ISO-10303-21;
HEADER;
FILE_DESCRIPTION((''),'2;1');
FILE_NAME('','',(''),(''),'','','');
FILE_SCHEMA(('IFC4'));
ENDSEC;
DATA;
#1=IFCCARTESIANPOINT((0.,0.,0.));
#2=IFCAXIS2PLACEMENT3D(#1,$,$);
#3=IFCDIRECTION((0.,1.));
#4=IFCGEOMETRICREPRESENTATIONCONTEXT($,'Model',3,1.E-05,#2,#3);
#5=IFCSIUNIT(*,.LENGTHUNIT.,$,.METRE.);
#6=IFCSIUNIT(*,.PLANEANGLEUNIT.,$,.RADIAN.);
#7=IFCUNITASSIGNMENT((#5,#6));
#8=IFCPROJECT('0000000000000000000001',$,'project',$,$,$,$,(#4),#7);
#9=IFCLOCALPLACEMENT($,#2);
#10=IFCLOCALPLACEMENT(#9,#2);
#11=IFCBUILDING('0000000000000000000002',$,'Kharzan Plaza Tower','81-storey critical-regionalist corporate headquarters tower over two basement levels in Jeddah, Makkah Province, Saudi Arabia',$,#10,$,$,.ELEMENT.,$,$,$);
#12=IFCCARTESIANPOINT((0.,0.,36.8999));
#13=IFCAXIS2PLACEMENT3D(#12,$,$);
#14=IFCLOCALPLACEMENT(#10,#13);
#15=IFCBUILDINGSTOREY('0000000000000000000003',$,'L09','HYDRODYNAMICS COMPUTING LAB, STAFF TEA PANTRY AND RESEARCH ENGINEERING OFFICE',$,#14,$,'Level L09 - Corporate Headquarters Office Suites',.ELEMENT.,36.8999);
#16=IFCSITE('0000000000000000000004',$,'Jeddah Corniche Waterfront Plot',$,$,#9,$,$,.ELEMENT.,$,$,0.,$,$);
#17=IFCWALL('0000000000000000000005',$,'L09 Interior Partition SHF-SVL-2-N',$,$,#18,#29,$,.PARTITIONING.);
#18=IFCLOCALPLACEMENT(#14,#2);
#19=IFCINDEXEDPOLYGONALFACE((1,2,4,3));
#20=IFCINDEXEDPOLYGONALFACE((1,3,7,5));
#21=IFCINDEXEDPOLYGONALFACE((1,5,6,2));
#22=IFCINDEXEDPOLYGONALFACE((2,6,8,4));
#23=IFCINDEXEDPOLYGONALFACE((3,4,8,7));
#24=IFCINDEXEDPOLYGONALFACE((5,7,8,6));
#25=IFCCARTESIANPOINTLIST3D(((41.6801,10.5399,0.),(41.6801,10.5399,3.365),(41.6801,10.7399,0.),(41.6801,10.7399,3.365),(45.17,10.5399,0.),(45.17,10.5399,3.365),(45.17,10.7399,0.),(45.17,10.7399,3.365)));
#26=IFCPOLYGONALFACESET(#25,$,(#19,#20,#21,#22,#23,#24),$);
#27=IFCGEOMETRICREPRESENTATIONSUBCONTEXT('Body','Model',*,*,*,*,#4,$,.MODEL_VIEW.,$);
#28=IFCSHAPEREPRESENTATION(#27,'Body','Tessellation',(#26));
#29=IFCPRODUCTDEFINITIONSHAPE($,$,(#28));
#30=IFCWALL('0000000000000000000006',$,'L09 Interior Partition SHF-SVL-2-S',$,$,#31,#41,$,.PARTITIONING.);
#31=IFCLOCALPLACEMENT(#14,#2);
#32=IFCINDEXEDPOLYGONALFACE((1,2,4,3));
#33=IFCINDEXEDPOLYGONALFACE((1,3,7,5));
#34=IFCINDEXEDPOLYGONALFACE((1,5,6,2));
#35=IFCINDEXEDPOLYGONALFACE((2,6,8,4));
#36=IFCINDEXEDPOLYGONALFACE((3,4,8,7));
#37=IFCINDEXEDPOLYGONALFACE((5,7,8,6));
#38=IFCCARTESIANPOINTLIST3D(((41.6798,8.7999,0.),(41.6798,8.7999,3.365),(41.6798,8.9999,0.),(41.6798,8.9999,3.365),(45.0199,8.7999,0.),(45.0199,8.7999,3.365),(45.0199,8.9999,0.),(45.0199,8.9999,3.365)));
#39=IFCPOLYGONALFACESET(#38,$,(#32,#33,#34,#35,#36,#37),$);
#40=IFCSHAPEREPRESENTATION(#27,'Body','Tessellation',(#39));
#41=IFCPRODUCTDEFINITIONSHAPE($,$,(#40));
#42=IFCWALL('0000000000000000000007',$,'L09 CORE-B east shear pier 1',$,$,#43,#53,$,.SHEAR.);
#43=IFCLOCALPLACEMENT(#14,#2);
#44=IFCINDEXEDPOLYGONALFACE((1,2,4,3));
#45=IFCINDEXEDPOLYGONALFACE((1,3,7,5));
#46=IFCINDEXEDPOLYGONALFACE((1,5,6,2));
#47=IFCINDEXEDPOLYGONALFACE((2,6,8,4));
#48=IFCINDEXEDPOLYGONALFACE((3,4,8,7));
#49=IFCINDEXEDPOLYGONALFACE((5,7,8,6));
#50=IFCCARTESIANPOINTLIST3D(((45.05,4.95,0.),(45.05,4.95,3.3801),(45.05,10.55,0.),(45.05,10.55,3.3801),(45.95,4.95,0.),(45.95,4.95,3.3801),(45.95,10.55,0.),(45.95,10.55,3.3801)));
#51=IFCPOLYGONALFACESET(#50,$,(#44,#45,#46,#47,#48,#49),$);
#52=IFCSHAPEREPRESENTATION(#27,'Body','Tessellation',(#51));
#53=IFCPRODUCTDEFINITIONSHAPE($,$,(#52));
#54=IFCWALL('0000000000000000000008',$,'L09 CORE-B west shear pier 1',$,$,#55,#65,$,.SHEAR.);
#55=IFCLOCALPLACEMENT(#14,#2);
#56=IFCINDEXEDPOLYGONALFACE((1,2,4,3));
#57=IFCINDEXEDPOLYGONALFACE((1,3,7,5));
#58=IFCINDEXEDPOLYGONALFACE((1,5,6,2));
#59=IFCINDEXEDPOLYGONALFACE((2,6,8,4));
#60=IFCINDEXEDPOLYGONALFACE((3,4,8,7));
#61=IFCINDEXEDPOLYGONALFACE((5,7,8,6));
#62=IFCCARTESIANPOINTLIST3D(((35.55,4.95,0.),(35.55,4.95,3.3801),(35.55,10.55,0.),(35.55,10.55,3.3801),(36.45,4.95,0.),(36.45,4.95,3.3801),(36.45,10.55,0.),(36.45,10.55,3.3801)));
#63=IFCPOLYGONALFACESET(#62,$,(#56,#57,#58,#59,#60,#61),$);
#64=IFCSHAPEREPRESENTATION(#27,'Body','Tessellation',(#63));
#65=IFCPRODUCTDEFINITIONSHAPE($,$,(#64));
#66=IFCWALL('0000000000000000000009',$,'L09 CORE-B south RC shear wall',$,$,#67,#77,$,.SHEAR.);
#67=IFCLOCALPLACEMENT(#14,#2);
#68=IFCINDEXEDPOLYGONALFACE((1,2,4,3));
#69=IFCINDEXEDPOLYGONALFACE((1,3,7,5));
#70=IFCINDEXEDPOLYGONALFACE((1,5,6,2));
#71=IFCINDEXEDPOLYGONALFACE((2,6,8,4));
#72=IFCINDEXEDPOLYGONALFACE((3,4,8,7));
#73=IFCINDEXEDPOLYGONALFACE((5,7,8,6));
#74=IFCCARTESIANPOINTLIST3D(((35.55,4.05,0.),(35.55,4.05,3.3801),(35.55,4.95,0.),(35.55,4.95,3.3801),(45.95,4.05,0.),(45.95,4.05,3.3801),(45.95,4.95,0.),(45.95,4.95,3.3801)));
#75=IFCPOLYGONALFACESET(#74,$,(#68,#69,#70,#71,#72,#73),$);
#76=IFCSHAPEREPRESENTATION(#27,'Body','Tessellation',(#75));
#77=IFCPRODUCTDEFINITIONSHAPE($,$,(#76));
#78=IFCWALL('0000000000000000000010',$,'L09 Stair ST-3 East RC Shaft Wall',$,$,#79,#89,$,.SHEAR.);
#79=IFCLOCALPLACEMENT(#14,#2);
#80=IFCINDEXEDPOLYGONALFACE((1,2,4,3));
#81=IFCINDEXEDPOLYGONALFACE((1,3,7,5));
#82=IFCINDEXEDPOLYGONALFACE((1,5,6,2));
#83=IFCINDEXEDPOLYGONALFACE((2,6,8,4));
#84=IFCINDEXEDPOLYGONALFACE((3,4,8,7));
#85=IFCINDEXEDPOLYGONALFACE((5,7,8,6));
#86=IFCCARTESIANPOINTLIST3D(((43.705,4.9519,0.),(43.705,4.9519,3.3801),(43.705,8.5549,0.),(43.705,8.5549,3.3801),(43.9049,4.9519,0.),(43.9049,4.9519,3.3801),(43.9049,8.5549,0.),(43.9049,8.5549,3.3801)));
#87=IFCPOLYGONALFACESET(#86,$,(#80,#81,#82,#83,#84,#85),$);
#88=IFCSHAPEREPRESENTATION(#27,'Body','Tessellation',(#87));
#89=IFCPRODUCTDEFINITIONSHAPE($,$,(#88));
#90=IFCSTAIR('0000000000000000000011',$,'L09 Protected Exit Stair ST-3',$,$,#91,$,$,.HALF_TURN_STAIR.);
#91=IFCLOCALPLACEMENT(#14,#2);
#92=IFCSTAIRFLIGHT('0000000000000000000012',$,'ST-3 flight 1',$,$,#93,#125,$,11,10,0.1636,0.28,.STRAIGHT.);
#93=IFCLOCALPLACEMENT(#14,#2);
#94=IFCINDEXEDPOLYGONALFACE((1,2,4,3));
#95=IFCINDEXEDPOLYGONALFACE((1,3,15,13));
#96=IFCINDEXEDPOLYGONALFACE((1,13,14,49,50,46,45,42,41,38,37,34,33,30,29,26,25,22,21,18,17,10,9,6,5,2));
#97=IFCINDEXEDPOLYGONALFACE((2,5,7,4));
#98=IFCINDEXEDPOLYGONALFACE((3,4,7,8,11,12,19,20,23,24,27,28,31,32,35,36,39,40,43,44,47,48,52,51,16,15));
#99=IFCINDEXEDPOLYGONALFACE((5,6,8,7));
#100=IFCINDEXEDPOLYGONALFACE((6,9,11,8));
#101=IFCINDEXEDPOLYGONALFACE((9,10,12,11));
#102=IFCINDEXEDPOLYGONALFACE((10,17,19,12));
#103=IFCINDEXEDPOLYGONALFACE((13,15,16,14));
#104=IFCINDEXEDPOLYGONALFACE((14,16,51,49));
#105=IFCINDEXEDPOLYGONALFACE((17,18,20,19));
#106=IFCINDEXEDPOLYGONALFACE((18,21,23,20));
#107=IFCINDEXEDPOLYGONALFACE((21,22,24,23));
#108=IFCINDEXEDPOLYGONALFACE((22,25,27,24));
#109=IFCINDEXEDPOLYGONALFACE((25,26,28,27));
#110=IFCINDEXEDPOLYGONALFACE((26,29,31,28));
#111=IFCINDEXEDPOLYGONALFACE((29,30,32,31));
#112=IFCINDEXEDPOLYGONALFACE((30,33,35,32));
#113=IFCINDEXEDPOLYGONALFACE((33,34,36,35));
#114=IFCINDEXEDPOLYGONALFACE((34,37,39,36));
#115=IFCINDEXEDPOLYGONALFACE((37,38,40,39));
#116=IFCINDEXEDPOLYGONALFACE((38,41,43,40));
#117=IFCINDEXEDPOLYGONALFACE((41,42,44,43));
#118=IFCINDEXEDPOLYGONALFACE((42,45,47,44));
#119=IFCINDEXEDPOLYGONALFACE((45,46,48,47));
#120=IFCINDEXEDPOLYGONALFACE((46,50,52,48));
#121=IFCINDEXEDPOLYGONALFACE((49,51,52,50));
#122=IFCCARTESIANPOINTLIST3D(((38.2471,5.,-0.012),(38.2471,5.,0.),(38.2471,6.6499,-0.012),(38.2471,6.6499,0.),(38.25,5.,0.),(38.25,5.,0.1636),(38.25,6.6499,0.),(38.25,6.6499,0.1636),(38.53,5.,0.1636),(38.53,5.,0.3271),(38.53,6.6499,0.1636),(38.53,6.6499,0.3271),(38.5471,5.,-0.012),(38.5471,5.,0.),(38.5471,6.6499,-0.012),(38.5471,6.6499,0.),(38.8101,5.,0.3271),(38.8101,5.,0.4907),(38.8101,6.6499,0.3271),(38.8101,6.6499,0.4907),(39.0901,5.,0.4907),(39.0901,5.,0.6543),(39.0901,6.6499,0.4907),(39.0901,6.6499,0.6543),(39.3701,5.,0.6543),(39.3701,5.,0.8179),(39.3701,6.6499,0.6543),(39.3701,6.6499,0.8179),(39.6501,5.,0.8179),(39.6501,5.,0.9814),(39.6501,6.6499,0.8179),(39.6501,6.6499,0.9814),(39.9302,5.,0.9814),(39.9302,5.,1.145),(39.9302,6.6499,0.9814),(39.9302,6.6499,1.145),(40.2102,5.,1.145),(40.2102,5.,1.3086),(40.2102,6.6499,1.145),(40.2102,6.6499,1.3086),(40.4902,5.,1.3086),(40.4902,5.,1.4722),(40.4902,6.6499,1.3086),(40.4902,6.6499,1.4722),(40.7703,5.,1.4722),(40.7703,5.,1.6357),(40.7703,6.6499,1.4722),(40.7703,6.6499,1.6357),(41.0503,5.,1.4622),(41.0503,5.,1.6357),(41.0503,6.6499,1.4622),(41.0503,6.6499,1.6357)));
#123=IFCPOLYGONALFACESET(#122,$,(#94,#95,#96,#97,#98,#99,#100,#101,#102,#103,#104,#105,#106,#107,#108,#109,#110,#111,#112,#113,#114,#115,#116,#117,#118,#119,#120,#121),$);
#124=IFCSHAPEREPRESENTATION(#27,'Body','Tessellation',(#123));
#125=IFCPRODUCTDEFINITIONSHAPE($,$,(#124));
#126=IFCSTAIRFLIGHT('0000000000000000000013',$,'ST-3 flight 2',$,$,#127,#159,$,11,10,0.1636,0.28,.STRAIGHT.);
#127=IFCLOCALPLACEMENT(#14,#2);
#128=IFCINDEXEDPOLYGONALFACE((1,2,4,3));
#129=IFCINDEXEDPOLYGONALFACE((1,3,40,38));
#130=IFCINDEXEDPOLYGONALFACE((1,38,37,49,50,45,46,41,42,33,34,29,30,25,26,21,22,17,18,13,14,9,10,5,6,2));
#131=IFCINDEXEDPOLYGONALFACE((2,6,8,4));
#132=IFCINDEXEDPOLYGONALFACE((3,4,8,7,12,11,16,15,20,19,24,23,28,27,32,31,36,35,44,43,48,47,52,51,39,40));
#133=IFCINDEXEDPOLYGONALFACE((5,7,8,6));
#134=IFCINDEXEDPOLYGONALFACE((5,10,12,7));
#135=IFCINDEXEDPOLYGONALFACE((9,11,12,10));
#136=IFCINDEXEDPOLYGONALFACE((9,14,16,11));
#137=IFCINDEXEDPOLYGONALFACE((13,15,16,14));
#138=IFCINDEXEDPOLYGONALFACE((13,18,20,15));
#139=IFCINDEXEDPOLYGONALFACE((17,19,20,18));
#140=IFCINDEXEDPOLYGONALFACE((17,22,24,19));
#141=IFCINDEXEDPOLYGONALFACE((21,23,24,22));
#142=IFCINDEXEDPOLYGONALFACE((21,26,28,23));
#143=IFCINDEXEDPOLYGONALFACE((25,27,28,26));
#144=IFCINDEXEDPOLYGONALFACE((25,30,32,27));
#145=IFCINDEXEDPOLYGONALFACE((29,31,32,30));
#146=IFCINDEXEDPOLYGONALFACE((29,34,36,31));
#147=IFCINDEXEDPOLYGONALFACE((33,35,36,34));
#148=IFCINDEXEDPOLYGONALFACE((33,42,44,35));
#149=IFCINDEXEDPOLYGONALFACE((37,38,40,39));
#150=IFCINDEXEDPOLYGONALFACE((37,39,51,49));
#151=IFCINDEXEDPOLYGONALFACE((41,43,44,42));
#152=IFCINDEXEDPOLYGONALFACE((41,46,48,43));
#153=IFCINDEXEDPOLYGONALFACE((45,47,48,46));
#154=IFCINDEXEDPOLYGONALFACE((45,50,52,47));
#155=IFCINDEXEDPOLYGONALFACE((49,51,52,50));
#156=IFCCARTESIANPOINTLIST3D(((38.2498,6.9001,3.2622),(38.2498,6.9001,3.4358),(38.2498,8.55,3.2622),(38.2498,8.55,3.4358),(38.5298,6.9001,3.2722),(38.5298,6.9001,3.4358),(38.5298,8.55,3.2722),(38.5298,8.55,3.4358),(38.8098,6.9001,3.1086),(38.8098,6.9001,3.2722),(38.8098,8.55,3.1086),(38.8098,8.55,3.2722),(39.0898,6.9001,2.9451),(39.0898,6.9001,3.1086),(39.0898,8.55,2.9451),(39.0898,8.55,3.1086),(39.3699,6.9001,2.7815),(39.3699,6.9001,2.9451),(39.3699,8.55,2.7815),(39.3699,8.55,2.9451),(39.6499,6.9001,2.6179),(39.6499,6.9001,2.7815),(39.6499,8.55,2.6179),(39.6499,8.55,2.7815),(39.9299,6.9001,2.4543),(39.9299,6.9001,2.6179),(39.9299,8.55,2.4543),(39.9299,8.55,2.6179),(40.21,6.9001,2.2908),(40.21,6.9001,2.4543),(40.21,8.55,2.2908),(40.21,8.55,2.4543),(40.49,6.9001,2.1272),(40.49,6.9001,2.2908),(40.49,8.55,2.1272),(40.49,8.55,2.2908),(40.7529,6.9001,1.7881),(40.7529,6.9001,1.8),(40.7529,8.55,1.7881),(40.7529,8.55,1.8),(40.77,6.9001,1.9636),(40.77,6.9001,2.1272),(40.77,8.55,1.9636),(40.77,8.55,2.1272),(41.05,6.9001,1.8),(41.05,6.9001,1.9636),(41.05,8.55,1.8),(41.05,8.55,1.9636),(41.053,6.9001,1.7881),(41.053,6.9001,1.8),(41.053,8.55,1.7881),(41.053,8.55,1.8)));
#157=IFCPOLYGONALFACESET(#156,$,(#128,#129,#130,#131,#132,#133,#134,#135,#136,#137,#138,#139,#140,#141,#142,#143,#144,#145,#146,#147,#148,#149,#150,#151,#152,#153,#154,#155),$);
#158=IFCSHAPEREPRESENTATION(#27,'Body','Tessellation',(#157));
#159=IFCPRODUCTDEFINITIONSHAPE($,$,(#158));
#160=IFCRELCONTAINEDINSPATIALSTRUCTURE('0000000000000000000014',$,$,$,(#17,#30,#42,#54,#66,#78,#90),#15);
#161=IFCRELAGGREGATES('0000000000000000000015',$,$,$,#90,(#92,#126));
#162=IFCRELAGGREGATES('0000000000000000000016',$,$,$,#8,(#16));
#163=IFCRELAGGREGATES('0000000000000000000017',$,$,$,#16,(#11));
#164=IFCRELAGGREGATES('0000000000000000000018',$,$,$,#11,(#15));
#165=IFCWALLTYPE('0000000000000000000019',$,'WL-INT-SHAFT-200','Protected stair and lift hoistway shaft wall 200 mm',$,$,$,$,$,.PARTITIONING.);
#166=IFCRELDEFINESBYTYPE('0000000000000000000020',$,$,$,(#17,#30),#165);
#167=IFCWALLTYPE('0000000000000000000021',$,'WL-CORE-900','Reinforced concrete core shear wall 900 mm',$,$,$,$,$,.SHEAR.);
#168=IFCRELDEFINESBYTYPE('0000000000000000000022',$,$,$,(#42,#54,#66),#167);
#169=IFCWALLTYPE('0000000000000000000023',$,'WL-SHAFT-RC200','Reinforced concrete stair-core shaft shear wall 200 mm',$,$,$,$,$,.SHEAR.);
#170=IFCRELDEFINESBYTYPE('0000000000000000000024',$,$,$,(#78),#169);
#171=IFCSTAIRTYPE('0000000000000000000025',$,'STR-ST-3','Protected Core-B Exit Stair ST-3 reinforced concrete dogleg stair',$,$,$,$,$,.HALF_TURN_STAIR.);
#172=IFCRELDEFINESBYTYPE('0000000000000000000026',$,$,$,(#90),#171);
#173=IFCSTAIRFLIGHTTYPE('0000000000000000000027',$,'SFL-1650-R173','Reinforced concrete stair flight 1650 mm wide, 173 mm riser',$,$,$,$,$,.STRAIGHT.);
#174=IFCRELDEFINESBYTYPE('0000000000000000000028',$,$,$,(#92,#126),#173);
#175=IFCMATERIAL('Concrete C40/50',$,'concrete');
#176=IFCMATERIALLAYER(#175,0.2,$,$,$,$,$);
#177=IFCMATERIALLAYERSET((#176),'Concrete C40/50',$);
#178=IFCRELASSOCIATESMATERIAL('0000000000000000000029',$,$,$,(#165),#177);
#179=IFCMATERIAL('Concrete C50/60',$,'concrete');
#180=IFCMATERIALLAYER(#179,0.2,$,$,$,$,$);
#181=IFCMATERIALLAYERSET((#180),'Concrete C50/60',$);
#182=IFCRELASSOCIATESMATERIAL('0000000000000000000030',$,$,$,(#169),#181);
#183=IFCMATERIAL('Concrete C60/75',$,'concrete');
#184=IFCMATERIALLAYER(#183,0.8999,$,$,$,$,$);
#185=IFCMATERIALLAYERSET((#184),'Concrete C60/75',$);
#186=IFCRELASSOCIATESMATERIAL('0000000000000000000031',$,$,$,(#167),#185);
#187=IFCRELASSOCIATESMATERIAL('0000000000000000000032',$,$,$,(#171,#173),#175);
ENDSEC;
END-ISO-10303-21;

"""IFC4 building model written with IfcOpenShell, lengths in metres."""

from ifc_helpers import new_model, si_unit, direction, frame, frame_2d, origin, place, context, subcontext, project, spatial, polyline, rectangle, outline, extrude, source, transform, mapped, material, layer, layer_set, type_object, element, aggregate, save


model = new_model("IFC4")

# Units and contexts
model_context = context("Model", 3, precision=1e-05, world=origin(), true_north=direction((0.0, 1.0)))
body_context = subcontext(model_context, "Body", "Model", "MODEL_VIEW")
ifc_project = project(units=[si_unit("LENGTHUNIT", "METRE"), si_unit("PLANEANGLEUNIT", "RADIAN")], contexts=[model_context])

# Site, building, storey
site_placement = place(None, origin())
site = spatial("IfcSite", under=ifc_project, at=site_placement, Name="Jeddah Corniche Waterfront Plot", CompositionType="ELEMENT", RefElevation=0.0)
building_placement = place(site_placement, origin())
building = spatial("IfcBuilding", under=site, at=building_placement, Name="Kharzan Plaza Tower", Description="81-storey critical-regionalist corporate headquarters tower over two basement levels in Jeddah, Makkah Province, Saudi Arabia", CompositionType="ELEMENT")
storey_placement = place(building_placement, frame((0.0, 0.0, 36.8999)))
storey = spatial("IfcBuildingStorey", under=building, at=storey_placement, Name="L09", Description="HYDRODYNAMICS COMPUTING LAB, STAFF TEA PANTRY AND RESEARCH ENGINEERING OFFICE", LongName="Level L09 - Corporate Headquarters Office Suites", CompositionType="ELEMENT", Elevation=36.8999)

# Shared definitions
ifc_material_1 = material(Name="Concrete C60/75", Category="concrete")

# Shared definitions
ifc_material_2 = material(Name="Concrete C40/50", Category="concrete")

# Shared definitions
ifc_layer_1 = layer(ifc_material_2, 0.2)
ifc_layer_set_1 = layer_set([ifc_layer_1], Name="Concrete C40/50")
wall_type_1 = type_object("IfcWallType", Name="WL-INT-SHAFT-200", Description="Protected stair and lift hoistway shaft wall 200 mm", PredefinedType="PARTITIONING", material=ifc_layer_set_1)
ifc_material_3 = material(Name="Concrete C50/60", Category="concrete")
ifc_layer_2 = layer(ifc_material_3, 0.2)
ifc_layer_set_2 = layer_set([ifc_layer_2], Name="Concrete C50/60")
wall_type_2 = type_object("IfcWallType", Name="WL-SHAFT-RC200", Description="Reinforced concrete stair-core shaft shear wall 200 mm", PredefinedType="SHEAR", material=ifc_layer_set_2)

# Walls
shared_shape_1 = source(origin(), body_context, "Body", "SweptSolid", [
    extrude(rectangle(XDim=3.49, YDim=0.2, at=frame_2d((1.7451, 0.0))), origin(), (0.0, 0.0, 1.0), 3.365),
])
wall_1_placement = place(storey_placement, frame((41.6799, 10.6399, 0.0), z_axis=(0.0, 0.0, 1.0), x_axis=(1.0, 0.0, 0.0)))
element("IfcWall", 1, at=wall_1_placement, inside=storey, type_object=wall_type_1, Name="L09 Interior Partition SHF-SVL-2-N", PredefinedType="PARTITIONING", context=body_context, shape_type="MappedRepresentation", body=[
    mapped(shared_shape_1, transform((0.0, 0.0, 0.0), x_axis=(1.0, 0.0, 0.0), y_axis=(0.0, 1.0, 0.0), z_axis=(0.0, 0.0, 1.0))),
])
shared_shape_2 = source(origin(), body_context, "Body", "SweptSolid", [
    extrude(rectangle(XDim=3.3401, YDim=0.2, at=frame_2d((1.6699, 0.0))), origin(), (0.0, 0.0, 1.0), 3.365),
])
wall_2_placement = place(storey_placement, frame((41.6799, 8.8999, 0.0), z_axis=(0.0, 0.0, 1.0), x_axis=(1.0, 0.0, 0.0)))
element("IfcWall", 2, at=wall_2_placement, inside=storey, type_object=wall_type_1, Name="L09 Interior Partition SHF-SVL-2-S", PredefinedType="PARTITIONING", context=body_context, shape_type="MappedRepresentation", body=[
    mapped(shared_shape_2, transform((0.0, 0.0, 0.0), x_axis=(1.0, 0.0, 0.0), y_axis=(0.0, 1.0, 0.0), z_axis=(0.0, 0.0, 1.0))),
])
ifc_layer_3 = layer(ifc_material_1, 0.8999)
ifc_layer_set_3 = layer_set([ifc_layer_3], Name="Concrete C60/75")
wall_type_3 = type_object("IfcWallType", Name="WL-CORE-900", Description="Reinforced concrete core shear wall 900 mm", PredefinedType="SHEAR", material=ifc_layer_set_3)
shared_shape_3 = source(origin(), body_context, "Body", "SweptSolid", [
    extrude(rectangle(XDim=5.6001, YDim=0.8999, at=frame_2d((2.8, 0.0))), origin(), (0.0, 0.0, 1.0), 3.3801),
])
for number, where, z_axis, x_axis, name in (
    (3, (45.5, 4.95, 0.0), (0.0, 0.0, 1.0), (0.0, 1.0, 0.0), "L09 CORE-B east shear pier 1"),
    (4, (36.0, 4.95, 0.0), (0.0, 0.0, 1.0), (0.0, 1.0, 0.0), "L09 CORE-B west shear pier 1"),
):
    element("IfcWall", number, at=place(storey_placement, frame(where, z_axis=z_axis, x_axis=x_axis)), inside=storey, type_object=wall_type_3, Name=name, PredefinedType="SHEAR", context=body_context, shape_type="MappedRepresentation", body=[
        mapped(shared_shape_3, transform((0.0, 0.0, 0.0), x_axis=(1.0, 0.0, 0.0), y_axis=(0.0, 1.0, 0.0), z_axis=(0.0, 0.0, 1.0))),
    ])
shared_shape_4 = source(origin(), body_context, "Body", "SweptSolid", [
    extrude(rectangle(XDim=10.3999, YDim=0.8999, at=frame_2d((5.2, 0.0))), origin(), (0.0, 0.0, 1.0), 3.3801),
])
wall_3_placement = place(storey_placement, frame((35.55, 4.5, 0.0), z_axis=(0.0, 0.0, 1.0), x_axis=(1.0, 0.0, 0.0)))
element("IfcWall", 5, at=wall_3_placement, inside=storey, type_object=wall_type_3, Name="L09 CORE-B south RC shear wall", PredefinedType="SHEAR", context=body_context, shape_type="MappedRepresentation", body=[
    mapped(shared_shape_4, transform((0.0, 0.0, 0.0), x_axis=(1.0, 0.0, 0.0), y_axis=(0.0, 1.0, 0.0), z_axis=(0.0, 0.0, 1.0))),
])
shared_shape_5 = source(origin(), body_context, "Body", "SweptSolid", [
    extrude(rectangle(XDim=3.603, YDim=0.2, at=frame_2d((1.8015, 0.0))), origin(), (0.0, 0.0, 1.0), 3.3801),
])
wall_4_placement = place(storey_placement, frame((43.8049, 4.9519, 0.0), z_axis=(0.0, 0.0, 1.0), x_axis=(0.0, 1.0, 0.0)))
element("IfcWall", 6, at=wall_4_placement, inside=storey, type_object=wall_type_2, Name="L09 Stair ST-3 East RC Shaft Wall", PredefinedType="SHEAR", context=body_context, shape_type="MappedRepresentation", body=[
    mapped(shared_shape_5, transform((0.0, 0.0, 0.0), x_axis=(1.0, 0.0, 0.0), y_axis=(0.0, 1.0, 0.0), z_axis=(0.0, 0.0, 1.0))),
])

# Stair, stair flights
stair_type = type_object("IfcStairType", Name="STR-ST-3", Description="Protected Core-B Exit Stair ST-3 reinforced concrete dogleg stair", PredefinedType="HALF_TURN_STAIR", material=ifc_material_2)
stair_placement = place(storey_placement, origin())
stair = element("IfcStair", 7, at=stair_placement, inside=storey, type_object=stair_type, Name="L09 Protected Exit Stair ST-3", PredefinedType="HALF_TURN_STAIR")
stair_flight_type = type_object("IfcStairFlightType", Name="SFL-1650-R173", Description="Reinforced concrete stair flight 1650 mm wide, 173 mm riser", PredefinedType="STRAIGHT", material=ifc_material_2)
shared_shape_6 = source(origin(), body_context, "Body", "SweptSolid", [
    extrude(outline(polyline([(-0.0029, -0.012), (-0.0029, 0.0), (0.0, 0.0), (0.0, 0.1636), (0.28, 0.1636), (0.28, 0.3271), (0.5601, 0.3271), (0.5601, 0.4907), (0.8401, 0.4907), (0.8401, 0.6543), (1.1201, 0.6543), (1.1201, 0.8179), (1.4001, 0.8179), (1.4001, 0.9814), (1.6802, 0.9814), (1.6802, 1.145), (1.9602, 1.145), (1.9602, 1.3086), (2.2402, 1.3086), (2.2402, 1.4722), (2.5203, 1.4722), (2.5203, 1.6357), (2.8003, 1.6357), (2.8003, 1.7993), (2.8003, 1.4622), (0.2971, 0.0), (0.2971, -0.012), (-0.0029, -0.012)])), frame((0.0, 0.825, 0.0), z_axis=(0.0, -1.0, 0.0), x_axis=(1.0, 0.0, 0.0)), (0.0, 0.0, 1.0), 1.6499),
])
stair_flight_1_placement = place(storey_placement, frame((38.25, 5.825, 0.0), z_axis=(0.0, 0.0, 1.0), x_axis=(1.0, 0.0, 0.0)))
stair_flight_1 = element("IfcStairFlight", 8, at=stair_flight_1_placement, type_object=stair_flight_type, Name="ST-3 flight 1", NumberOfRisers=11, NumberOfTreads=10, PredefinedType="STRAIGHT", RiserHeight=0.1636, TreadLength=0.28, context=body_context, shape_type="MappedRepresentation", body=[
    mapped(shared_shape_6, transform((0.0, 0.0, 0.0), x_axis=(1.0, 0.0, 0.0), y_axis=(0.0, 1.0, 0.0), z_axis=(0.0, 0.0, 1.0))),
])
stair_flight_2_placement = place(storey_placement, frame((41.05, 7.7251, 1.8), z_axis=(0.0, 0.0, 1.0), x_axis=(-1.0, 0.0, 0.0)))
stair_flight_2 = element("IfcStairFlight", 9, at=stair_flight_2_placement, type_object=stair_flight_type, Name="ST-3 flight 2", NumberOfRisers=11, NumberOfTreads=10, PredefinedType="STRAIGHT", RiserHeight=0.1636, TreadLength=0.28, context=body_context, shape_type="MappedRepresentation", body=[
    mapped(shared_shape_6, transform((0.0, 0.0, 0.0), x_axis=(1.0, 0.0, 0.0), y_axis=(0.0, 1.0, 0.0), z_axis=(0.0, 0.0, 1.0))),
])
aggregate(stair, [stair_flight_1, stair_flight_2])

save(model, "model.ifc")
